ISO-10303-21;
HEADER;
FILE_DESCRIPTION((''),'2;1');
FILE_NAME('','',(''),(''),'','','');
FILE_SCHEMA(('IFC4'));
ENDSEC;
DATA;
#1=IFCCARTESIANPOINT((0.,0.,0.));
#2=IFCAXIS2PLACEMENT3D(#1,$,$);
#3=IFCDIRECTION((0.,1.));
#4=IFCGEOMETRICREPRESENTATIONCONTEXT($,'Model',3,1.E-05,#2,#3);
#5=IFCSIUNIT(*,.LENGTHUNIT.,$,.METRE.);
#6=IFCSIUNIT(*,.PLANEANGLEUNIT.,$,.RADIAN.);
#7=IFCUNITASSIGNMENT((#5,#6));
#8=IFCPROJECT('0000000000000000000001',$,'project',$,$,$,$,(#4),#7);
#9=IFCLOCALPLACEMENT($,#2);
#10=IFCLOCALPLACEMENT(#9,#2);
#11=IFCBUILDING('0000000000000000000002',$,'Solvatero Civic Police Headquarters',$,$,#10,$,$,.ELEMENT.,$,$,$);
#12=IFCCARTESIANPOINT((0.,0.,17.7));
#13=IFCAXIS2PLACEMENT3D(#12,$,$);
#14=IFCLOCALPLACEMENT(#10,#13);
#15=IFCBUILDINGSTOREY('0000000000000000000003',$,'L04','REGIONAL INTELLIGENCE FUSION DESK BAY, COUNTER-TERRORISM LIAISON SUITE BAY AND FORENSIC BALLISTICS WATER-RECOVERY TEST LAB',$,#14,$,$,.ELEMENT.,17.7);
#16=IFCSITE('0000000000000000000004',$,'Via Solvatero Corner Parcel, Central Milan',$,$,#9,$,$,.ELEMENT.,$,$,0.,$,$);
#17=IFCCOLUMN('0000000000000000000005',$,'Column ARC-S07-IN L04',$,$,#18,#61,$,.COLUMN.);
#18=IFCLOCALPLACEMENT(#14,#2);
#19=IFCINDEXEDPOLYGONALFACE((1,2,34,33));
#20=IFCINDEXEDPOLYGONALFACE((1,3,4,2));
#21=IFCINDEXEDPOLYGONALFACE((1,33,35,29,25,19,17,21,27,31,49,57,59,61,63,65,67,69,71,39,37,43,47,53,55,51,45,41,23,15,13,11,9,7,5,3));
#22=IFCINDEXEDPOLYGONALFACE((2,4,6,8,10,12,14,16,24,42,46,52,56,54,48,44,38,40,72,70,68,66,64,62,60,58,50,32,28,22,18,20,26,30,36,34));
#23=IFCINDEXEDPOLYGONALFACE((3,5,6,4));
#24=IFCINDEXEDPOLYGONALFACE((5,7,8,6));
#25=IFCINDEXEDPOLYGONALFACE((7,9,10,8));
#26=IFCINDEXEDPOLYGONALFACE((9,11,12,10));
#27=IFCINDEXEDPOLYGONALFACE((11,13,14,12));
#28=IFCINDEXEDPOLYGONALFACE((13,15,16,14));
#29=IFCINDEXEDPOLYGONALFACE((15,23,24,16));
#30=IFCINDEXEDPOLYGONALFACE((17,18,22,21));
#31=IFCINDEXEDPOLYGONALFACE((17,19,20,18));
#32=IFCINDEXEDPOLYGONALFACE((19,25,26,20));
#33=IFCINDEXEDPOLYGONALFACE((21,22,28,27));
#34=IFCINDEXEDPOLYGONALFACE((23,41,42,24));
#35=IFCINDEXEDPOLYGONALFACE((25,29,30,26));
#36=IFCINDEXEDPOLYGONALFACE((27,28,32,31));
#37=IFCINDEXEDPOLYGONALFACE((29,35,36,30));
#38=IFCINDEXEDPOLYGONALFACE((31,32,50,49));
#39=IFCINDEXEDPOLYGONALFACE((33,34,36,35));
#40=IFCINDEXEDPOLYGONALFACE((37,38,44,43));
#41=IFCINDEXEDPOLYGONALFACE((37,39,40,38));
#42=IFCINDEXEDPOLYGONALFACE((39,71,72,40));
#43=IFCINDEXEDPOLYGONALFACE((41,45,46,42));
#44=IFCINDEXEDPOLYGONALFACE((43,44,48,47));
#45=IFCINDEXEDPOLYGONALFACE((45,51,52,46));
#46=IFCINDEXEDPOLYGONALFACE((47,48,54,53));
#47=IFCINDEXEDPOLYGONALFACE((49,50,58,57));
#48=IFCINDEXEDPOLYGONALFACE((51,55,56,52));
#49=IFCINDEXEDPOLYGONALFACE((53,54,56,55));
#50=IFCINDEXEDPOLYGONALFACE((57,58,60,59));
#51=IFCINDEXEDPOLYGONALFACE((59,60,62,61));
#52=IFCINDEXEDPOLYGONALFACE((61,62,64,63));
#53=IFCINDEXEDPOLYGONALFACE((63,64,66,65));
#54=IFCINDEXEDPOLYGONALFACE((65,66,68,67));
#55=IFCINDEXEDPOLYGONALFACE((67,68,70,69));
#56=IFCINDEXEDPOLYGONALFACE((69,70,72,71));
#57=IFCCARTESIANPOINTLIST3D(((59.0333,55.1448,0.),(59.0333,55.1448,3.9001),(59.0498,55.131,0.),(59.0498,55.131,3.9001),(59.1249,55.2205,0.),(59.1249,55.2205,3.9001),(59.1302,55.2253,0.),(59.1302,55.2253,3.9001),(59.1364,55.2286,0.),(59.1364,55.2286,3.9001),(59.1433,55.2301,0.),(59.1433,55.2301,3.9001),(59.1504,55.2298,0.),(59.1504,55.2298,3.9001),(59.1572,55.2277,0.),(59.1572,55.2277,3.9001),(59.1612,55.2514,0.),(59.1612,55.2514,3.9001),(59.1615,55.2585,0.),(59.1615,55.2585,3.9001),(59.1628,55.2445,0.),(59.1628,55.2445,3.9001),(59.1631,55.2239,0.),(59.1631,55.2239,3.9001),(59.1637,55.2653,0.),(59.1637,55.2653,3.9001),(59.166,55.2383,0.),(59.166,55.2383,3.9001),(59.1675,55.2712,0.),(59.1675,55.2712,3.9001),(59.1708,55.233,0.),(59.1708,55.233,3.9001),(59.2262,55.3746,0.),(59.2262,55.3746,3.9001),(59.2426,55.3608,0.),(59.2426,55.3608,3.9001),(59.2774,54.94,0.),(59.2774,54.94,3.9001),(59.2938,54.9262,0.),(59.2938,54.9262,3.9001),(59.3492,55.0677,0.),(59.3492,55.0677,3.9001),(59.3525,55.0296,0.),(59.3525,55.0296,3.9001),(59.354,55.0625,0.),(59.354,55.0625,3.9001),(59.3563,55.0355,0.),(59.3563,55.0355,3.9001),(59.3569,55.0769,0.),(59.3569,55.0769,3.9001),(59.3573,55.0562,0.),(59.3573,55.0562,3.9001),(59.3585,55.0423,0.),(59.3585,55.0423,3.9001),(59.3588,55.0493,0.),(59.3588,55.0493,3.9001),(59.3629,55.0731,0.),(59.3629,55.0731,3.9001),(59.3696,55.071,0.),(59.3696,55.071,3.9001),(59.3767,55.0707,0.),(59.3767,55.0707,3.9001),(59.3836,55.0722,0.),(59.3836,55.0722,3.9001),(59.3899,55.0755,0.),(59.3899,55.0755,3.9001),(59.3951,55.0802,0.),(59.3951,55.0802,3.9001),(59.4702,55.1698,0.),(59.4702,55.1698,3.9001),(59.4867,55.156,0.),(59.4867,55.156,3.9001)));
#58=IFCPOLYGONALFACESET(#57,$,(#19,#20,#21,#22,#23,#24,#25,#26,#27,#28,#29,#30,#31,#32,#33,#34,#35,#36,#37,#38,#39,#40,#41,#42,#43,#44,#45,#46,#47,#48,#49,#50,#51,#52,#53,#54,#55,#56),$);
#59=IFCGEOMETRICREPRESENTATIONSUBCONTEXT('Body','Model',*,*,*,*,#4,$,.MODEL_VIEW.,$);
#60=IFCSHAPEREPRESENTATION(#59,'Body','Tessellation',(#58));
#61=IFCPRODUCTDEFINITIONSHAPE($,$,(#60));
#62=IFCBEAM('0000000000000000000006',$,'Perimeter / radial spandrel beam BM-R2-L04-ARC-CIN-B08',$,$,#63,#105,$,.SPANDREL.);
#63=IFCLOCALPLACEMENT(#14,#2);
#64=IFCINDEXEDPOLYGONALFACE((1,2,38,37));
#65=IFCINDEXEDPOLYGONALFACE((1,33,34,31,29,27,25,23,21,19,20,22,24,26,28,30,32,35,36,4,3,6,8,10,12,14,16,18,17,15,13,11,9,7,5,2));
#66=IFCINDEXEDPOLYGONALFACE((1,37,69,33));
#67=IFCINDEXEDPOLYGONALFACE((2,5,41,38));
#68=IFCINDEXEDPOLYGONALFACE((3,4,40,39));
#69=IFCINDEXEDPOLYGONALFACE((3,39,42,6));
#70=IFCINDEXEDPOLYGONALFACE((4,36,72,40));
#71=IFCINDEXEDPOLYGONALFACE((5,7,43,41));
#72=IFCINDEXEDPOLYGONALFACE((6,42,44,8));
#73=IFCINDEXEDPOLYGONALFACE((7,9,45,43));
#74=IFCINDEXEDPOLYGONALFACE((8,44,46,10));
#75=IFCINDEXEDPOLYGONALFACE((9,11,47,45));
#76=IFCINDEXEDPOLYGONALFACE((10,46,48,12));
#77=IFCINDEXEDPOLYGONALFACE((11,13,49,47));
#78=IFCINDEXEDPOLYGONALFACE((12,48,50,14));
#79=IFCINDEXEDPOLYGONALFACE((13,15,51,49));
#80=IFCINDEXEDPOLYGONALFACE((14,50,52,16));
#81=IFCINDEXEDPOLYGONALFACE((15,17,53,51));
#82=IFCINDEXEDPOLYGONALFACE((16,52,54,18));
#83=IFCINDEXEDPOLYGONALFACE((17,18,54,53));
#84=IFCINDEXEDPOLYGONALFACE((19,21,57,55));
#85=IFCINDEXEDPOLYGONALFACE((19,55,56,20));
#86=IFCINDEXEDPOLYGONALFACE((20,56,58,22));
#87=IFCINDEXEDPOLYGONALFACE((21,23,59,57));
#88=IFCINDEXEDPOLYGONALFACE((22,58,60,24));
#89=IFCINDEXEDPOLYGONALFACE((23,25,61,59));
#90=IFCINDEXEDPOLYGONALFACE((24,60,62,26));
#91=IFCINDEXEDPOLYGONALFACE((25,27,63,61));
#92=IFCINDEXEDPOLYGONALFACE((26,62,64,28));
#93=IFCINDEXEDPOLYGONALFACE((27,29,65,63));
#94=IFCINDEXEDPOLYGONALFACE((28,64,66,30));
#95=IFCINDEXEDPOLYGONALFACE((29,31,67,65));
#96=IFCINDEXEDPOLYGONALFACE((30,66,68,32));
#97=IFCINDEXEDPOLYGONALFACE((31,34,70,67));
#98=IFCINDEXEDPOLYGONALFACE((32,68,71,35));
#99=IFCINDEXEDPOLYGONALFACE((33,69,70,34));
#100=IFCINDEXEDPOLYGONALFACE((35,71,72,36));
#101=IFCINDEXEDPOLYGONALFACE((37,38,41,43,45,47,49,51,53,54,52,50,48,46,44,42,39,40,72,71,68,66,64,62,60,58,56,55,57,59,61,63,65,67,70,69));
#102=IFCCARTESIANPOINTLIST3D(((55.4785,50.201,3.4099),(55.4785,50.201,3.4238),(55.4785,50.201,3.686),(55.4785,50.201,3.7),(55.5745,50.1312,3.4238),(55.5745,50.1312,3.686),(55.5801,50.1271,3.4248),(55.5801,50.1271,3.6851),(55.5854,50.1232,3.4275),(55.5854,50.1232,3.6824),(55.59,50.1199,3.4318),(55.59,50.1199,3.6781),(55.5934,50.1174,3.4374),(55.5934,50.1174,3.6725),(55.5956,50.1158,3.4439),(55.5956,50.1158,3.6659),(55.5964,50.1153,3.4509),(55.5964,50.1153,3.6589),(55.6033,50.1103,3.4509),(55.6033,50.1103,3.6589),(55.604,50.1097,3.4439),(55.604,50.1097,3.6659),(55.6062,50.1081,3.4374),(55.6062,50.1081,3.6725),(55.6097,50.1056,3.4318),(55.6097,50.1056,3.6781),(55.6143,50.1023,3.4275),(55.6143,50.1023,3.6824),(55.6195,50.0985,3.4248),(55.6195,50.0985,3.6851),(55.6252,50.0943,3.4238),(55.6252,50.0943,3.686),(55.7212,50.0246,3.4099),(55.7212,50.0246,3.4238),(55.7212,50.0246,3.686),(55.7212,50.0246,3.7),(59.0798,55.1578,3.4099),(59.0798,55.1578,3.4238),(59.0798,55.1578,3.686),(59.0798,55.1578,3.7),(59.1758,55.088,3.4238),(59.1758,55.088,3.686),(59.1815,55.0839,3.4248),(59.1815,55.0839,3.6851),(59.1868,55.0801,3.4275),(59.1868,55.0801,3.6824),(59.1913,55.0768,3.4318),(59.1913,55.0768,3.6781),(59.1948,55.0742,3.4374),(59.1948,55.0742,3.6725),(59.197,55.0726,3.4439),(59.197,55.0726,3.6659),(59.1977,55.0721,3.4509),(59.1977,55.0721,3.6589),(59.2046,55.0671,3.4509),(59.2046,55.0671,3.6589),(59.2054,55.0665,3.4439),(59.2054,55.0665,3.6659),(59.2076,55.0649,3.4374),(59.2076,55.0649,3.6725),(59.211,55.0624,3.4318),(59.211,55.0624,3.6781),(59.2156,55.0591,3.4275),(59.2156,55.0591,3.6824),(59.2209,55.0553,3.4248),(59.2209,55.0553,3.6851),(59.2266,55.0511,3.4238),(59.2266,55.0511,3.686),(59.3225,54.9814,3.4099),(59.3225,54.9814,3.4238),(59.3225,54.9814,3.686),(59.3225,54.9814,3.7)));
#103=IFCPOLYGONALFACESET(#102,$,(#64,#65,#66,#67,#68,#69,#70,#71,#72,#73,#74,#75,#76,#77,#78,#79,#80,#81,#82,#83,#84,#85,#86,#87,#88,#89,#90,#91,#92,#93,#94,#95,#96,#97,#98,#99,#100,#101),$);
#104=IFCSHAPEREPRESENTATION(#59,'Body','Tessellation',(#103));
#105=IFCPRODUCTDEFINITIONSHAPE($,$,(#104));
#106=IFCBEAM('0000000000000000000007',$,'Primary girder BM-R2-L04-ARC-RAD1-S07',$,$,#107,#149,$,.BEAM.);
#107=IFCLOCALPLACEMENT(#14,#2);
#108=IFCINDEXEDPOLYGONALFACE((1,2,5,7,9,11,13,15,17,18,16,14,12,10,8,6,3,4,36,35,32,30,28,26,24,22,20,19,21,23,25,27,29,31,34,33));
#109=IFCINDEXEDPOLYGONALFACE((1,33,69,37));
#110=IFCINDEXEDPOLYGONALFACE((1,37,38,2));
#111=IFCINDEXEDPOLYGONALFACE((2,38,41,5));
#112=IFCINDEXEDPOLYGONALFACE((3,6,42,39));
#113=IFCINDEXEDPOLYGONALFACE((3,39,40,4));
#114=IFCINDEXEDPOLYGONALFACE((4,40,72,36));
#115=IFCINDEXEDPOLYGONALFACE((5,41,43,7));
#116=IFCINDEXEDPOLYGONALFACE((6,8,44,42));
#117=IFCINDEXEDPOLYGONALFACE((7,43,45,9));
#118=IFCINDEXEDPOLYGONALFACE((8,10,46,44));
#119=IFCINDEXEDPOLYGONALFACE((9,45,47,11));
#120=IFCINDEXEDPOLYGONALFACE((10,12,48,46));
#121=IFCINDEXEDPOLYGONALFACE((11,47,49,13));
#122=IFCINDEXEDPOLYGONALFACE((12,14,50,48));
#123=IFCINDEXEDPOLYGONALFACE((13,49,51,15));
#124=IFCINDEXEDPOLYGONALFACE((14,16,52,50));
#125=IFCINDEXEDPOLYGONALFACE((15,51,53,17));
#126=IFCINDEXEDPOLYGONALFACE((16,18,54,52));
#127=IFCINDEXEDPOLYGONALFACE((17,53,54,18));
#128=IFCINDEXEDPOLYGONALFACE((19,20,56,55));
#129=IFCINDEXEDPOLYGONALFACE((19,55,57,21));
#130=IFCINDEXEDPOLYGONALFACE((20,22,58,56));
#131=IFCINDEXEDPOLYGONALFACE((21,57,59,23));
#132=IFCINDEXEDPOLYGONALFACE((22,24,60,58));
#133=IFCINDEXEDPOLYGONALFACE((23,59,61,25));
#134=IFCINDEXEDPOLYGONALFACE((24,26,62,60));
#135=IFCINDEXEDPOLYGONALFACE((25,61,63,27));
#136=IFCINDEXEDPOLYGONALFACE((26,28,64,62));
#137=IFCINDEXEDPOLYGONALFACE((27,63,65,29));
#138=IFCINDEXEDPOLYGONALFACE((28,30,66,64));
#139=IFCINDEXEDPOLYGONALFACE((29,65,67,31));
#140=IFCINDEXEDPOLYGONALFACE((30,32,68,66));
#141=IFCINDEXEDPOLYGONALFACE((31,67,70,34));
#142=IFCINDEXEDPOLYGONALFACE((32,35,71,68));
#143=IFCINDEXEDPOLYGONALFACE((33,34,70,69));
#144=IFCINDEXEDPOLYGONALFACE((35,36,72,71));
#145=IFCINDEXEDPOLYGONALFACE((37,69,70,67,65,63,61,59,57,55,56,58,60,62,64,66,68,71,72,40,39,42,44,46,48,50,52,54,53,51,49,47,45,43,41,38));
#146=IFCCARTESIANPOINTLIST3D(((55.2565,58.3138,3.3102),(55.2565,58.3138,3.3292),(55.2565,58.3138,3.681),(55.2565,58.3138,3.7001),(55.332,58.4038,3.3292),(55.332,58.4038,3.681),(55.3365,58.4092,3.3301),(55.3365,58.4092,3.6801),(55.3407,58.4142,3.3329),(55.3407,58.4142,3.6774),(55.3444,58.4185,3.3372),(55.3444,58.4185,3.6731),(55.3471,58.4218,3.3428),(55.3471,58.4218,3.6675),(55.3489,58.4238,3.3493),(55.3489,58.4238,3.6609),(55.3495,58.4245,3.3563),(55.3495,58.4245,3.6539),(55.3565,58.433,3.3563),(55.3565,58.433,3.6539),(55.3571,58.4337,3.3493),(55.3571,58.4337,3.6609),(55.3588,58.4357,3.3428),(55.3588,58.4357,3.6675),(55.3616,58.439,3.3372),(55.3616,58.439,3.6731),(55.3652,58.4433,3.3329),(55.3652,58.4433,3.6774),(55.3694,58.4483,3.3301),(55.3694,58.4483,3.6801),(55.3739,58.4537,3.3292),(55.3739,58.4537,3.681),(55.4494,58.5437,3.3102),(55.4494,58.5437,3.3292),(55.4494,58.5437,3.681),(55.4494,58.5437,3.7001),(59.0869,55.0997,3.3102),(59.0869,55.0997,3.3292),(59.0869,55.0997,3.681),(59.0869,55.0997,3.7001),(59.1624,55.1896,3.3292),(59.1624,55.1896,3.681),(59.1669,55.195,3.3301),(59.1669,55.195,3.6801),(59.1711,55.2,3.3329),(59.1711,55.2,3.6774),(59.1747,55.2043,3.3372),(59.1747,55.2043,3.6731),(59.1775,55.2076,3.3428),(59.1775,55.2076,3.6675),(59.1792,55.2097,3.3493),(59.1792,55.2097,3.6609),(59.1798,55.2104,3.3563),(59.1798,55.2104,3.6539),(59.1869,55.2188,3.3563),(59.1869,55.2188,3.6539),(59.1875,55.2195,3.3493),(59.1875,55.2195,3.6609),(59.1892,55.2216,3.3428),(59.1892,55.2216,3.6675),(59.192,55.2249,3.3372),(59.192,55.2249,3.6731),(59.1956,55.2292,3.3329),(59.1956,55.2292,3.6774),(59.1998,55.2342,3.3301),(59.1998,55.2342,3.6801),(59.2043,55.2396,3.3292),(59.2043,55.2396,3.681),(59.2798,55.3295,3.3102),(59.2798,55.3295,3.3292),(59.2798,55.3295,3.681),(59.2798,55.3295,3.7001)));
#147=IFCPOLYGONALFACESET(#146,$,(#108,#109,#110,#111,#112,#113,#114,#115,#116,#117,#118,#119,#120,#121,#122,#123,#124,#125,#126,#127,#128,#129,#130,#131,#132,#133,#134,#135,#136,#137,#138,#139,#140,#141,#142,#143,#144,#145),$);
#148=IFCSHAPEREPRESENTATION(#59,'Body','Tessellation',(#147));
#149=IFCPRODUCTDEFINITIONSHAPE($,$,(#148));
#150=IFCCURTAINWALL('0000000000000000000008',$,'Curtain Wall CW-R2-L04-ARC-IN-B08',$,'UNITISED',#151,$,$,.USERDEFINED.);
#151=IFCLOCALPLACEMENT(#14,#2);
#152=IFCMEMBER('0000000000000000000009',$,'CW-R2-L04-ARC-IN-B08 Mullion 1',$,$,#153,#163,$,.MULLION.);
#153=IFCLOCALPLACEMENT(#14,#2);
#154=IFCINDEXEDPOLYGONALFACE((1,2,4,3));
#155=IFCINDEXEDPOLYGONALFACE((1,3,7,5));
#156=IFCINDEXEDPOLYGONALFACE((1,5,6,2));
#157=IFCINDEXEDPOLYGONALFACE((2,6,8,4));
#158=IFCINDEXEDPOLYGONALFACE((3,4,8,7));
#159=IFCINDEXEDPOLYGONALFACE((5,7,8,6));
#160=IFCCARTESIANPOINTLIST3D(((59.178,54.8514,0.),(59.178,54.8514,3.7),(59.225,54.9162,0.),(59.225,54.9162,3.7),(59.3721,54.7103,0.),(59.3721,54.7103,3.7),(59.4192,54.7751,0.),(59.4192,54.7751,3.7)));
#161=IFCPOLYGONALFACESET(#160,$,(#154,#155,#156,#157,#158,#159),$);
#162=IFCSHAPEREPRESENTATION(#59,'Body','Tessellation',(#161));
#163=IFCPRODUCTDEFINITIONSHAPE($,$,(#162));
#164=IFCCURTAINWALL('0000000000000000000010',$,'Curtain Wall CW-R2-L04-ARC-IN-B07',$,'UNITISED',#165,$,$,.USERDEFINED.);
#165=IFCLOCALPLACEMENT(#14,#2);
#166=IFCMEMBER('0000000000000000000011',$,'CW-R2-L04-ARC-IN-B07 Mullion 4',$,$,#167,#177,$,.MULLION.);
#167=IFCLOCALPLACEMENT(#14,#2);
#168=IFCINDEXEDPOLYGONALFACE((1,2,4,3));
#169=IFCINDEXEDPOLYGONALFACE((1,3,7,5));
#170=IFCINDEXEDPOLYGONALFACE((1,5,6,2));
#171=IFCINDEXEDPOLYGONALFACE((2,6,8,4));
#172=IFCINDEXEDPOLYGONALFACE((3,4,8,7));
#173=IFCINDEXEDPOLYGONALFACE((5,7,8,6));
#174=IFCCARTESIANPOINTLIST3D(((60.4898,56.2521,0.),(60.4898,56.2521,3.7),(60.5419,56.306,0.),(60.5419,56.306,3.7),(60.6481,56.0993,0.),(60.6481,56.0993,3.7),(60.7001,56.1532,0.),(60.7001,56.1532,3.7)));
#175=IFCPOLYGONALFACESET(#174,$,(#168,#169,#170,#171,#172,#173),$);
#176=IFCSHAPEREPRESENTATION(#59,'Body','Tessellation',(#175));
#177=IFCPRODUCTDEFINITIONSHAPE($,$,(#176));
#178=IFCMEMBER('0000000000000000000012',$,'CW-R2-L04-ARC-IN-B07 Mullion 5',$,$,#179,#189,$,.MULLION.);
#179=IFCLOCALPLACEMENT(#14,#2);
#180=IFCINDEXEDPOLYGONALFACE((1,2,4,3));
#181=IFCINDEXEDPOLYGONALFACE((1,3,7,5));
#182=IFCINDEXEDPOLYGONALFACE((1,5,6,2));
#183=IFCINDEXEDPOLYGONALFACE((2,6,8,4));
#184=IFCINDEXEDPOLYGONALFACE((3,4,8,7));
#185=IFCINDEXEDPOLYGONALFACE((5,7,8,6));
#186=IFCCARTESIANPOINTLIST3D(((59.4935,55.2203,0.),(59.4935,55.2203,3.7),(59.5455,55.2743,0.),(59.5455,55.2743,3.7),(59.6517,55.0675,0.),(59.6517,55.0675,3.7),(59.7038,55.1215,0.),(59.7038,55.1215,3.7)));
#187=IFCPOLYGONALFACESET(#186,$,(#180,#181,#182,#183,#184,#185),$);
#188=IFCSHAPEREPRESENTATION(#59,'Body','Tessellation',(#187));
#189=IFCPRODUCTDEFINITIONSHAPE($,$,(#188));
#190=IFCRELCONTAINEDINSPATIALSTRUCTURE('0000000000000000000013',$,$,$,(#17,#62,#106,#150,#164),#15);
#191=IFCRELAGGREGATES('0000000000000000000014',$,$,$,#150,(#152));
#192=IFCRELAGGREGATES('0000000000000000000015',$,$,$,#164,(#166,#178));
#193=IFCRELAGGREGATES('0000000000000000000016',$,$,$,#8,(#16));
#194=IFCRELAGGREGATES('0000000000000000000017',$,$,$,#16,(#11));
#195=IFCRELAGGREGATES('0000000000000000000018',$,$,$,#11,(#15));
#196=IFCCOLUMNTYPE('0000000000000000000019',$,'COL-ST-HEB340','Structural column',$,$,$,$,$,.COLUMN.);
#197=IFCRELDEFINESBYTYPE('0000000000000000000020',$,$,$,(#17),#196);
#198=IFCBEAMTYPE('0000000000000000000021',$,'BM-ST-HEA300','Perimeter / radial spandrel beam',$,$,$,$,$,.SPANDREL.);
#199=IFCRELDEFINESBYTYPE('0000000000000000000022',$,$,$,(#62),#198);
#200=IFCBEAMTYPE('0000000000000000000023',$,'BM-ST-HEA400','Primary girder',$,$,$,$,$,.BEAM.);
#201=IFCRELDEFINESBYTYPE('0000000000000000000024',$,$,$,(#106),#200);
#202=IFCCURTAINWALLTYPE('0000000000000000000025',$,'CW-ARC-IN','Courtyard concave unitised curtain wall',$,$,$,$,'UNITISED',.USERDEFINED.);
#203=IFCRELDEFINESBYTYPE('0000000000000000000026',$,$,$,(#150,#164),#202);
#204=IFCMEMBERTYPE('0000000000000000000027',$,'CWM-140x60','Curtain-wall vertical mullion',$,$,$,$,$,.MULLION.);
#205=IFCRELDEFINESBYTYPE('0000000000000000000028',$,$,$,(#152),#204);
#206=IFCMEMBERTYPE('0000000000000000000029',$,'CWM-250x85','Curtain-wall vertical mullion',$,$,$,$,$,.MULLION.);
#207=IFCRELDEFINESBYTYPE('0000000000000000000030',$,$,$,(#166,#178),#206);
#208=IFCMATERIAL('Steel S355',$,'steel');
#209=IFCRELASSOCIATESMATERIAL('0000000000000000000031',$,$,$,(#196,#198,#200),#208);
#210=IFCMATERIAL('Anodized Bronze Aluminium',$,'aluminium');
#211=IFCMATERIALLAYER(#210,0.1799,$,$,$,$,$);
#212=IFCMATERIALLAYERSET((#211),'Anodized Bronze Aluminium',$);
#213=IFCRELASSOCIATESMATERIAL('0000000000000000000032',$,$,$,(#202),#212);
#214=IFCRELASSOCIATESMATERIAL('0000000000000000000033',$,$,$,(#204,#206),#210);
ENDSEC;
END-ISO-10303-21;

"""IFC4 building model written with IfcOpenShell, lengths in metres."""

from ifc_helpers import new_model, si_unit, direction, frame, origin, origin_2d, place, context, subcontext, project, spatial, rectangle, i_section, extrude, material, layer, layer_set, material_profile, profile_set, type_object, element, aggregate, save


model = new_model("IFC4")

# Units and contexts
model_context = context("Model", 3, precision=1e-05, world=origin(), true_north=direction((0.0, 1.0)))
body_context = subcontext(model_context, "Body", "Model", "MODEL_VIEW")
ifc_project = project(units=[si_unit("LENGTHUNIT", "METRE"), si_unit("PLANEANGLEUNIT", "RADIAN")], contexts=[model_context])

# Site, building, storey
site_placement = place(None, origin())
site = spatial("IfcSite", under=ifc_project, at=site_placement, Name="Via Solvatero Corner Parcel, Central Milan", CompositionType="ELEMENT", RefElevation=0.0)
building_placement = place(site_placement, origin())
building = spatial("IfcBuilding", under=site, at=building_placement, Name="Solvatero Civic Police Headquarters", CompositionType="ELEMENT")
storey_placement = place(building_placement, frame((0.0, 0.0, 17.7)))
storey = spatial("IfcBuildingStorey", under=building, at=storey_placement, Name="L04", Description="REGIONAL INTELLIGENCE FUSION DESK BAY, COUNTER-TERRORISM LIAISON SUITE BAY AND FORENSIC BALLISTICS WATER-RECOVERY TEST LAB", CompositionType="ELEMENT", Elevation=17.7)

# Column
ifc_material_1 = material(Name="Steel S355", Category="steel")
ifc_material_profile_1 = material_profile(ifc_material_1, i_section(OverallWidth=0.3, OverallDepth=0.3401, WebThickness=0.012, FlangeThickness=0.0215, FilletRadius=0.0271, at=origin_2d()), Name="HEB 340")
ifc_profile_set_1 = profile_set([ifc_material_profile_1], Name="Steel S355")
column_type = type_object("IfcColumnType", Name="COL-ST-HEB340", Description="Structural column", PredefinedType="COLUMN", material=ifc_profile_set_1)
column_placement = place(storey_placement, frame((59.26, 55.1504, 0.0), z_axis=(0.0, 0.0, 1.0), x_axis=(0.642788, 0.766044, 0.0)))
element("IfcColumn", 1, at=column_placement, inside=storey, type_object=column_type, Name="Column ARC-S07-IN L04", PredefinedType="COLUMN", context=body_context, shape_type="SweptSolid", body=[
    extrude(i_section(OverallWidth=0.3, OverallDepth=0.3401, WebThickness=0.012, FlangeThickness=0.0215, FilletRadius=0.0271, at=origin_2d()), origin(), (0.0, 0.0, 1.0), 3.9001),
])

# Beams
ifc_material_profile_2 = material_profile(ifc_material_1, i_section(OverallWidth=0.3, OverallDepth=0.29, WebThickness=0.0085, FlangeThickness=0.0139, FilletRadius=0.0271, at=origin_2d()), Name="HEA 300")
ifc_profile_set_2 = profile_set([ifc_material_profile_2], Name="Steel S355")
beam_type_1 = type_object("IfcBeamType", Name="BM-ST-HEA300", Description="Perimeter / radial spandrel beam", PredefinedType="SPANDREL", material=ifc_profile_set_2)
beam_1_placement = place(storey_placement, frame((59.2012, 55.0696, 3.5549), z_axis=(-0.587785, -0.809017, 0.0), x_axis=(0.809017, -0.587785, 0.0)))
element("IfcBeam", 2, at=beam_1_placement, inside=storey, type_object=beam_type_1, Name="Perimeter / radial spandrel beam BM-R2-L04-ARC-CIN-B08", PredefinedType="SPANDREL", context=body_context, shape_type="SweptSolid", body=[
    extrude(i_section(OverallWidth=0.3, OverallDepth=0.29, WebThickness=0.0085, FlangeThickness=0.0139, FilletRadius=0.0271, at=origin_2d()), origin(), (0.0, 0.0, 1.0), 6.127),
])
ifc_material_profile_3 = material_profile(ifc_material_1, i_section(OverallWidth=0.3, OverallDepth=0.3899, WebThickness=0.011, FlangeThickness=0.019, FilletRadius=0.0271, at=origin_2d()), Name="HEA 400")
ifc_profile_set_3 = profile_set([ifc_material_profile_3], Name="Steel S355")
beam_type_2 = type_object("IfcBeamType", Name="BM-ST-HEA400", Description="Primary girder", PredefinedType="BEAM", material=ifc_profile_set_3)
beam_2_placement = place(storey_placement, frame((59.1833, 55.2146, 3.5051), z_axis=(-0.766036, 0.642798, 0.0), x_axis=(-0.642798, -0.766036, 0.0)))
element("IfcBeam", 3, at=beam_2_placement, inside=storey, type_object=beam_type_2, Name="Primary girder BM-R2-L04-ARC-RAD1-S07", PredefinedType="BEAM", context=body_context, shape_type="SweptSolid", body=[
    extrude(i_section(OverallWidth=0.3, OverallDepth=0.3899, WebThickness=0.011, FlangeThickness=0.019, FilletRadius=0.0271, at=origin_2d()), origin(), (0.0, 0.0, 1.0), 5.0002),
])

# Curtain wall, member
ifc_material_2 = material(Name="Anodized Bronze Aluminium", Category="aluminium")
ifc_layer_1 = layer(ifc_material_2, 0.1799)
ifc_layer_set_1 = layer_set([ifc_layer_1], Name="Anodized Bronze Aluminium")
curtain_wall_type = type_object("IfcCurtainWallType", Name="CW-ARC-IN", Description="Courtyard concave unitised curtain wall", ElementType="UNITISED", PredefinedType="USERDEFINED", material=ifc_layer_set_1)
curtain_wall_1_placement = place(storey_placement, origin())
curtain_wall_1 = element("IfcCurtainWall", 4, at=curtain_wall_1_placement, inside=storey, type_object=curtain_wall_type, Name="Curtain Wall CW-R2-L04-ARC-IN-B08", ObjectType="UNITISED", PredefinedType="USERDEFINED")
ifc_material_profile_4 = material_profile(ifc_material_2, rectangle(XDim=0.0801, YDim=0.24, at=origin_2d()), Name="ALU MULLION 80x240")
ifc_profile_set_4 = profile_set([ifc_material_profile_4], Name="Anodized Bronze Aluminium")
member_type_1 = type_object("IfcMemberType", Name="CWM-140x60", Description="Curtain-wall vertical mullion", PredefinedType="MULLION", material=ifc_profile_set_4)
member_1_placement = place(storey_placement, frame((59.2986, 54.8132, 0.0), z_axis=(0.0, 0.0, 1.0), x_axis=(-0.587799, -0.809007, 0.0)))
member_1 = element("IfcMember", 5, at=member_1_placement, type_object=member_type_1, Name="CW-R2-L04-ARC-IN-B08 Mullion 1", PredefinedType="MULLION", context=body_context, shape_type="SweptSolid", body=[
    extrude(rectangle(XDim=0.0801, YDim=0.24, at=origin_2d()), origin(), (0.0, 0.0, 1.0), 3.7),
])

# Curtain wall, members
curtain_wall_2_placement = place(storey_placement, origin())
curtain_wall_2 = element("IfcCurtainWall", 6, at=curtain_wall_2_placement, inside=storey, type_object=curtain_wall_type, Name="Curtain Wall CW-R2-L04-ARC-IN-B07", ObjectType="UNITISED", PredefinedType="USERDEFINED")
ifc_material_profile_5 = material_profile(ifc_material_2, rectangle(XDim=0.075, YDim=0.22, at=origin_2d()), Name="ALU MULLION 75x220")
ifc_profile_set_5 = profile_set([ifc_material_profile_5], Name="Anodized Bronze Aluminium")
member_type_2 = type_object("IfcMemberType", Name="CWM-250x85", Description="Curtain-wall vertical mullion", PredefinedType="MULLION", material=ifc_profile_set_5)
member_2_placement = place(storey_placement, frame((60.595, 56.2026, 0.0), z_axis=(0.0, 0.0, 1.0), x_axis=(-0.694658, -0.71934, 0.0)))
member_2 = element("IfcMember", 7, at=member_2_placement, type_object=member_type_2, Name="CW-R2-L04-ARC-IN-B07 Mullion 4", PredefinedType="MULLION", context=body_context, shape_type="SweptSolid", body=[
    extrude(rectangle(XDim=0.075, YDim=0.22, at=origin_2d()), origin(), (0.0, 0.0, 1.0), 3.7),
])
member_3_placement = place(storey_placement, frame((59.5986, 55.1709, 0.0), z_axis=(0.0, 0.0, 1.0), x_axis=(-0.694658, -0.71934, 0.0)))
member_3 = element("IfcMember", 8, at=member_3_placement, type_object=member_type_2, Name="CW-R2-L04-ARC-IN-B07 Mullion 5", PredefinedType="MULLION", context=body_context, shape_type="SweptSolid", body=[
    extrude(rectangle(XDim=0.075, YDim=0.22, at=origin_2d()), origin(), (0.0, 0.0, 1.0), 3.7),
])

aggregate(curtain_wall_1, [member_1])

aggregate(curtain_wall_2, [member_2, member_3])

save(model, "model.ifc")
